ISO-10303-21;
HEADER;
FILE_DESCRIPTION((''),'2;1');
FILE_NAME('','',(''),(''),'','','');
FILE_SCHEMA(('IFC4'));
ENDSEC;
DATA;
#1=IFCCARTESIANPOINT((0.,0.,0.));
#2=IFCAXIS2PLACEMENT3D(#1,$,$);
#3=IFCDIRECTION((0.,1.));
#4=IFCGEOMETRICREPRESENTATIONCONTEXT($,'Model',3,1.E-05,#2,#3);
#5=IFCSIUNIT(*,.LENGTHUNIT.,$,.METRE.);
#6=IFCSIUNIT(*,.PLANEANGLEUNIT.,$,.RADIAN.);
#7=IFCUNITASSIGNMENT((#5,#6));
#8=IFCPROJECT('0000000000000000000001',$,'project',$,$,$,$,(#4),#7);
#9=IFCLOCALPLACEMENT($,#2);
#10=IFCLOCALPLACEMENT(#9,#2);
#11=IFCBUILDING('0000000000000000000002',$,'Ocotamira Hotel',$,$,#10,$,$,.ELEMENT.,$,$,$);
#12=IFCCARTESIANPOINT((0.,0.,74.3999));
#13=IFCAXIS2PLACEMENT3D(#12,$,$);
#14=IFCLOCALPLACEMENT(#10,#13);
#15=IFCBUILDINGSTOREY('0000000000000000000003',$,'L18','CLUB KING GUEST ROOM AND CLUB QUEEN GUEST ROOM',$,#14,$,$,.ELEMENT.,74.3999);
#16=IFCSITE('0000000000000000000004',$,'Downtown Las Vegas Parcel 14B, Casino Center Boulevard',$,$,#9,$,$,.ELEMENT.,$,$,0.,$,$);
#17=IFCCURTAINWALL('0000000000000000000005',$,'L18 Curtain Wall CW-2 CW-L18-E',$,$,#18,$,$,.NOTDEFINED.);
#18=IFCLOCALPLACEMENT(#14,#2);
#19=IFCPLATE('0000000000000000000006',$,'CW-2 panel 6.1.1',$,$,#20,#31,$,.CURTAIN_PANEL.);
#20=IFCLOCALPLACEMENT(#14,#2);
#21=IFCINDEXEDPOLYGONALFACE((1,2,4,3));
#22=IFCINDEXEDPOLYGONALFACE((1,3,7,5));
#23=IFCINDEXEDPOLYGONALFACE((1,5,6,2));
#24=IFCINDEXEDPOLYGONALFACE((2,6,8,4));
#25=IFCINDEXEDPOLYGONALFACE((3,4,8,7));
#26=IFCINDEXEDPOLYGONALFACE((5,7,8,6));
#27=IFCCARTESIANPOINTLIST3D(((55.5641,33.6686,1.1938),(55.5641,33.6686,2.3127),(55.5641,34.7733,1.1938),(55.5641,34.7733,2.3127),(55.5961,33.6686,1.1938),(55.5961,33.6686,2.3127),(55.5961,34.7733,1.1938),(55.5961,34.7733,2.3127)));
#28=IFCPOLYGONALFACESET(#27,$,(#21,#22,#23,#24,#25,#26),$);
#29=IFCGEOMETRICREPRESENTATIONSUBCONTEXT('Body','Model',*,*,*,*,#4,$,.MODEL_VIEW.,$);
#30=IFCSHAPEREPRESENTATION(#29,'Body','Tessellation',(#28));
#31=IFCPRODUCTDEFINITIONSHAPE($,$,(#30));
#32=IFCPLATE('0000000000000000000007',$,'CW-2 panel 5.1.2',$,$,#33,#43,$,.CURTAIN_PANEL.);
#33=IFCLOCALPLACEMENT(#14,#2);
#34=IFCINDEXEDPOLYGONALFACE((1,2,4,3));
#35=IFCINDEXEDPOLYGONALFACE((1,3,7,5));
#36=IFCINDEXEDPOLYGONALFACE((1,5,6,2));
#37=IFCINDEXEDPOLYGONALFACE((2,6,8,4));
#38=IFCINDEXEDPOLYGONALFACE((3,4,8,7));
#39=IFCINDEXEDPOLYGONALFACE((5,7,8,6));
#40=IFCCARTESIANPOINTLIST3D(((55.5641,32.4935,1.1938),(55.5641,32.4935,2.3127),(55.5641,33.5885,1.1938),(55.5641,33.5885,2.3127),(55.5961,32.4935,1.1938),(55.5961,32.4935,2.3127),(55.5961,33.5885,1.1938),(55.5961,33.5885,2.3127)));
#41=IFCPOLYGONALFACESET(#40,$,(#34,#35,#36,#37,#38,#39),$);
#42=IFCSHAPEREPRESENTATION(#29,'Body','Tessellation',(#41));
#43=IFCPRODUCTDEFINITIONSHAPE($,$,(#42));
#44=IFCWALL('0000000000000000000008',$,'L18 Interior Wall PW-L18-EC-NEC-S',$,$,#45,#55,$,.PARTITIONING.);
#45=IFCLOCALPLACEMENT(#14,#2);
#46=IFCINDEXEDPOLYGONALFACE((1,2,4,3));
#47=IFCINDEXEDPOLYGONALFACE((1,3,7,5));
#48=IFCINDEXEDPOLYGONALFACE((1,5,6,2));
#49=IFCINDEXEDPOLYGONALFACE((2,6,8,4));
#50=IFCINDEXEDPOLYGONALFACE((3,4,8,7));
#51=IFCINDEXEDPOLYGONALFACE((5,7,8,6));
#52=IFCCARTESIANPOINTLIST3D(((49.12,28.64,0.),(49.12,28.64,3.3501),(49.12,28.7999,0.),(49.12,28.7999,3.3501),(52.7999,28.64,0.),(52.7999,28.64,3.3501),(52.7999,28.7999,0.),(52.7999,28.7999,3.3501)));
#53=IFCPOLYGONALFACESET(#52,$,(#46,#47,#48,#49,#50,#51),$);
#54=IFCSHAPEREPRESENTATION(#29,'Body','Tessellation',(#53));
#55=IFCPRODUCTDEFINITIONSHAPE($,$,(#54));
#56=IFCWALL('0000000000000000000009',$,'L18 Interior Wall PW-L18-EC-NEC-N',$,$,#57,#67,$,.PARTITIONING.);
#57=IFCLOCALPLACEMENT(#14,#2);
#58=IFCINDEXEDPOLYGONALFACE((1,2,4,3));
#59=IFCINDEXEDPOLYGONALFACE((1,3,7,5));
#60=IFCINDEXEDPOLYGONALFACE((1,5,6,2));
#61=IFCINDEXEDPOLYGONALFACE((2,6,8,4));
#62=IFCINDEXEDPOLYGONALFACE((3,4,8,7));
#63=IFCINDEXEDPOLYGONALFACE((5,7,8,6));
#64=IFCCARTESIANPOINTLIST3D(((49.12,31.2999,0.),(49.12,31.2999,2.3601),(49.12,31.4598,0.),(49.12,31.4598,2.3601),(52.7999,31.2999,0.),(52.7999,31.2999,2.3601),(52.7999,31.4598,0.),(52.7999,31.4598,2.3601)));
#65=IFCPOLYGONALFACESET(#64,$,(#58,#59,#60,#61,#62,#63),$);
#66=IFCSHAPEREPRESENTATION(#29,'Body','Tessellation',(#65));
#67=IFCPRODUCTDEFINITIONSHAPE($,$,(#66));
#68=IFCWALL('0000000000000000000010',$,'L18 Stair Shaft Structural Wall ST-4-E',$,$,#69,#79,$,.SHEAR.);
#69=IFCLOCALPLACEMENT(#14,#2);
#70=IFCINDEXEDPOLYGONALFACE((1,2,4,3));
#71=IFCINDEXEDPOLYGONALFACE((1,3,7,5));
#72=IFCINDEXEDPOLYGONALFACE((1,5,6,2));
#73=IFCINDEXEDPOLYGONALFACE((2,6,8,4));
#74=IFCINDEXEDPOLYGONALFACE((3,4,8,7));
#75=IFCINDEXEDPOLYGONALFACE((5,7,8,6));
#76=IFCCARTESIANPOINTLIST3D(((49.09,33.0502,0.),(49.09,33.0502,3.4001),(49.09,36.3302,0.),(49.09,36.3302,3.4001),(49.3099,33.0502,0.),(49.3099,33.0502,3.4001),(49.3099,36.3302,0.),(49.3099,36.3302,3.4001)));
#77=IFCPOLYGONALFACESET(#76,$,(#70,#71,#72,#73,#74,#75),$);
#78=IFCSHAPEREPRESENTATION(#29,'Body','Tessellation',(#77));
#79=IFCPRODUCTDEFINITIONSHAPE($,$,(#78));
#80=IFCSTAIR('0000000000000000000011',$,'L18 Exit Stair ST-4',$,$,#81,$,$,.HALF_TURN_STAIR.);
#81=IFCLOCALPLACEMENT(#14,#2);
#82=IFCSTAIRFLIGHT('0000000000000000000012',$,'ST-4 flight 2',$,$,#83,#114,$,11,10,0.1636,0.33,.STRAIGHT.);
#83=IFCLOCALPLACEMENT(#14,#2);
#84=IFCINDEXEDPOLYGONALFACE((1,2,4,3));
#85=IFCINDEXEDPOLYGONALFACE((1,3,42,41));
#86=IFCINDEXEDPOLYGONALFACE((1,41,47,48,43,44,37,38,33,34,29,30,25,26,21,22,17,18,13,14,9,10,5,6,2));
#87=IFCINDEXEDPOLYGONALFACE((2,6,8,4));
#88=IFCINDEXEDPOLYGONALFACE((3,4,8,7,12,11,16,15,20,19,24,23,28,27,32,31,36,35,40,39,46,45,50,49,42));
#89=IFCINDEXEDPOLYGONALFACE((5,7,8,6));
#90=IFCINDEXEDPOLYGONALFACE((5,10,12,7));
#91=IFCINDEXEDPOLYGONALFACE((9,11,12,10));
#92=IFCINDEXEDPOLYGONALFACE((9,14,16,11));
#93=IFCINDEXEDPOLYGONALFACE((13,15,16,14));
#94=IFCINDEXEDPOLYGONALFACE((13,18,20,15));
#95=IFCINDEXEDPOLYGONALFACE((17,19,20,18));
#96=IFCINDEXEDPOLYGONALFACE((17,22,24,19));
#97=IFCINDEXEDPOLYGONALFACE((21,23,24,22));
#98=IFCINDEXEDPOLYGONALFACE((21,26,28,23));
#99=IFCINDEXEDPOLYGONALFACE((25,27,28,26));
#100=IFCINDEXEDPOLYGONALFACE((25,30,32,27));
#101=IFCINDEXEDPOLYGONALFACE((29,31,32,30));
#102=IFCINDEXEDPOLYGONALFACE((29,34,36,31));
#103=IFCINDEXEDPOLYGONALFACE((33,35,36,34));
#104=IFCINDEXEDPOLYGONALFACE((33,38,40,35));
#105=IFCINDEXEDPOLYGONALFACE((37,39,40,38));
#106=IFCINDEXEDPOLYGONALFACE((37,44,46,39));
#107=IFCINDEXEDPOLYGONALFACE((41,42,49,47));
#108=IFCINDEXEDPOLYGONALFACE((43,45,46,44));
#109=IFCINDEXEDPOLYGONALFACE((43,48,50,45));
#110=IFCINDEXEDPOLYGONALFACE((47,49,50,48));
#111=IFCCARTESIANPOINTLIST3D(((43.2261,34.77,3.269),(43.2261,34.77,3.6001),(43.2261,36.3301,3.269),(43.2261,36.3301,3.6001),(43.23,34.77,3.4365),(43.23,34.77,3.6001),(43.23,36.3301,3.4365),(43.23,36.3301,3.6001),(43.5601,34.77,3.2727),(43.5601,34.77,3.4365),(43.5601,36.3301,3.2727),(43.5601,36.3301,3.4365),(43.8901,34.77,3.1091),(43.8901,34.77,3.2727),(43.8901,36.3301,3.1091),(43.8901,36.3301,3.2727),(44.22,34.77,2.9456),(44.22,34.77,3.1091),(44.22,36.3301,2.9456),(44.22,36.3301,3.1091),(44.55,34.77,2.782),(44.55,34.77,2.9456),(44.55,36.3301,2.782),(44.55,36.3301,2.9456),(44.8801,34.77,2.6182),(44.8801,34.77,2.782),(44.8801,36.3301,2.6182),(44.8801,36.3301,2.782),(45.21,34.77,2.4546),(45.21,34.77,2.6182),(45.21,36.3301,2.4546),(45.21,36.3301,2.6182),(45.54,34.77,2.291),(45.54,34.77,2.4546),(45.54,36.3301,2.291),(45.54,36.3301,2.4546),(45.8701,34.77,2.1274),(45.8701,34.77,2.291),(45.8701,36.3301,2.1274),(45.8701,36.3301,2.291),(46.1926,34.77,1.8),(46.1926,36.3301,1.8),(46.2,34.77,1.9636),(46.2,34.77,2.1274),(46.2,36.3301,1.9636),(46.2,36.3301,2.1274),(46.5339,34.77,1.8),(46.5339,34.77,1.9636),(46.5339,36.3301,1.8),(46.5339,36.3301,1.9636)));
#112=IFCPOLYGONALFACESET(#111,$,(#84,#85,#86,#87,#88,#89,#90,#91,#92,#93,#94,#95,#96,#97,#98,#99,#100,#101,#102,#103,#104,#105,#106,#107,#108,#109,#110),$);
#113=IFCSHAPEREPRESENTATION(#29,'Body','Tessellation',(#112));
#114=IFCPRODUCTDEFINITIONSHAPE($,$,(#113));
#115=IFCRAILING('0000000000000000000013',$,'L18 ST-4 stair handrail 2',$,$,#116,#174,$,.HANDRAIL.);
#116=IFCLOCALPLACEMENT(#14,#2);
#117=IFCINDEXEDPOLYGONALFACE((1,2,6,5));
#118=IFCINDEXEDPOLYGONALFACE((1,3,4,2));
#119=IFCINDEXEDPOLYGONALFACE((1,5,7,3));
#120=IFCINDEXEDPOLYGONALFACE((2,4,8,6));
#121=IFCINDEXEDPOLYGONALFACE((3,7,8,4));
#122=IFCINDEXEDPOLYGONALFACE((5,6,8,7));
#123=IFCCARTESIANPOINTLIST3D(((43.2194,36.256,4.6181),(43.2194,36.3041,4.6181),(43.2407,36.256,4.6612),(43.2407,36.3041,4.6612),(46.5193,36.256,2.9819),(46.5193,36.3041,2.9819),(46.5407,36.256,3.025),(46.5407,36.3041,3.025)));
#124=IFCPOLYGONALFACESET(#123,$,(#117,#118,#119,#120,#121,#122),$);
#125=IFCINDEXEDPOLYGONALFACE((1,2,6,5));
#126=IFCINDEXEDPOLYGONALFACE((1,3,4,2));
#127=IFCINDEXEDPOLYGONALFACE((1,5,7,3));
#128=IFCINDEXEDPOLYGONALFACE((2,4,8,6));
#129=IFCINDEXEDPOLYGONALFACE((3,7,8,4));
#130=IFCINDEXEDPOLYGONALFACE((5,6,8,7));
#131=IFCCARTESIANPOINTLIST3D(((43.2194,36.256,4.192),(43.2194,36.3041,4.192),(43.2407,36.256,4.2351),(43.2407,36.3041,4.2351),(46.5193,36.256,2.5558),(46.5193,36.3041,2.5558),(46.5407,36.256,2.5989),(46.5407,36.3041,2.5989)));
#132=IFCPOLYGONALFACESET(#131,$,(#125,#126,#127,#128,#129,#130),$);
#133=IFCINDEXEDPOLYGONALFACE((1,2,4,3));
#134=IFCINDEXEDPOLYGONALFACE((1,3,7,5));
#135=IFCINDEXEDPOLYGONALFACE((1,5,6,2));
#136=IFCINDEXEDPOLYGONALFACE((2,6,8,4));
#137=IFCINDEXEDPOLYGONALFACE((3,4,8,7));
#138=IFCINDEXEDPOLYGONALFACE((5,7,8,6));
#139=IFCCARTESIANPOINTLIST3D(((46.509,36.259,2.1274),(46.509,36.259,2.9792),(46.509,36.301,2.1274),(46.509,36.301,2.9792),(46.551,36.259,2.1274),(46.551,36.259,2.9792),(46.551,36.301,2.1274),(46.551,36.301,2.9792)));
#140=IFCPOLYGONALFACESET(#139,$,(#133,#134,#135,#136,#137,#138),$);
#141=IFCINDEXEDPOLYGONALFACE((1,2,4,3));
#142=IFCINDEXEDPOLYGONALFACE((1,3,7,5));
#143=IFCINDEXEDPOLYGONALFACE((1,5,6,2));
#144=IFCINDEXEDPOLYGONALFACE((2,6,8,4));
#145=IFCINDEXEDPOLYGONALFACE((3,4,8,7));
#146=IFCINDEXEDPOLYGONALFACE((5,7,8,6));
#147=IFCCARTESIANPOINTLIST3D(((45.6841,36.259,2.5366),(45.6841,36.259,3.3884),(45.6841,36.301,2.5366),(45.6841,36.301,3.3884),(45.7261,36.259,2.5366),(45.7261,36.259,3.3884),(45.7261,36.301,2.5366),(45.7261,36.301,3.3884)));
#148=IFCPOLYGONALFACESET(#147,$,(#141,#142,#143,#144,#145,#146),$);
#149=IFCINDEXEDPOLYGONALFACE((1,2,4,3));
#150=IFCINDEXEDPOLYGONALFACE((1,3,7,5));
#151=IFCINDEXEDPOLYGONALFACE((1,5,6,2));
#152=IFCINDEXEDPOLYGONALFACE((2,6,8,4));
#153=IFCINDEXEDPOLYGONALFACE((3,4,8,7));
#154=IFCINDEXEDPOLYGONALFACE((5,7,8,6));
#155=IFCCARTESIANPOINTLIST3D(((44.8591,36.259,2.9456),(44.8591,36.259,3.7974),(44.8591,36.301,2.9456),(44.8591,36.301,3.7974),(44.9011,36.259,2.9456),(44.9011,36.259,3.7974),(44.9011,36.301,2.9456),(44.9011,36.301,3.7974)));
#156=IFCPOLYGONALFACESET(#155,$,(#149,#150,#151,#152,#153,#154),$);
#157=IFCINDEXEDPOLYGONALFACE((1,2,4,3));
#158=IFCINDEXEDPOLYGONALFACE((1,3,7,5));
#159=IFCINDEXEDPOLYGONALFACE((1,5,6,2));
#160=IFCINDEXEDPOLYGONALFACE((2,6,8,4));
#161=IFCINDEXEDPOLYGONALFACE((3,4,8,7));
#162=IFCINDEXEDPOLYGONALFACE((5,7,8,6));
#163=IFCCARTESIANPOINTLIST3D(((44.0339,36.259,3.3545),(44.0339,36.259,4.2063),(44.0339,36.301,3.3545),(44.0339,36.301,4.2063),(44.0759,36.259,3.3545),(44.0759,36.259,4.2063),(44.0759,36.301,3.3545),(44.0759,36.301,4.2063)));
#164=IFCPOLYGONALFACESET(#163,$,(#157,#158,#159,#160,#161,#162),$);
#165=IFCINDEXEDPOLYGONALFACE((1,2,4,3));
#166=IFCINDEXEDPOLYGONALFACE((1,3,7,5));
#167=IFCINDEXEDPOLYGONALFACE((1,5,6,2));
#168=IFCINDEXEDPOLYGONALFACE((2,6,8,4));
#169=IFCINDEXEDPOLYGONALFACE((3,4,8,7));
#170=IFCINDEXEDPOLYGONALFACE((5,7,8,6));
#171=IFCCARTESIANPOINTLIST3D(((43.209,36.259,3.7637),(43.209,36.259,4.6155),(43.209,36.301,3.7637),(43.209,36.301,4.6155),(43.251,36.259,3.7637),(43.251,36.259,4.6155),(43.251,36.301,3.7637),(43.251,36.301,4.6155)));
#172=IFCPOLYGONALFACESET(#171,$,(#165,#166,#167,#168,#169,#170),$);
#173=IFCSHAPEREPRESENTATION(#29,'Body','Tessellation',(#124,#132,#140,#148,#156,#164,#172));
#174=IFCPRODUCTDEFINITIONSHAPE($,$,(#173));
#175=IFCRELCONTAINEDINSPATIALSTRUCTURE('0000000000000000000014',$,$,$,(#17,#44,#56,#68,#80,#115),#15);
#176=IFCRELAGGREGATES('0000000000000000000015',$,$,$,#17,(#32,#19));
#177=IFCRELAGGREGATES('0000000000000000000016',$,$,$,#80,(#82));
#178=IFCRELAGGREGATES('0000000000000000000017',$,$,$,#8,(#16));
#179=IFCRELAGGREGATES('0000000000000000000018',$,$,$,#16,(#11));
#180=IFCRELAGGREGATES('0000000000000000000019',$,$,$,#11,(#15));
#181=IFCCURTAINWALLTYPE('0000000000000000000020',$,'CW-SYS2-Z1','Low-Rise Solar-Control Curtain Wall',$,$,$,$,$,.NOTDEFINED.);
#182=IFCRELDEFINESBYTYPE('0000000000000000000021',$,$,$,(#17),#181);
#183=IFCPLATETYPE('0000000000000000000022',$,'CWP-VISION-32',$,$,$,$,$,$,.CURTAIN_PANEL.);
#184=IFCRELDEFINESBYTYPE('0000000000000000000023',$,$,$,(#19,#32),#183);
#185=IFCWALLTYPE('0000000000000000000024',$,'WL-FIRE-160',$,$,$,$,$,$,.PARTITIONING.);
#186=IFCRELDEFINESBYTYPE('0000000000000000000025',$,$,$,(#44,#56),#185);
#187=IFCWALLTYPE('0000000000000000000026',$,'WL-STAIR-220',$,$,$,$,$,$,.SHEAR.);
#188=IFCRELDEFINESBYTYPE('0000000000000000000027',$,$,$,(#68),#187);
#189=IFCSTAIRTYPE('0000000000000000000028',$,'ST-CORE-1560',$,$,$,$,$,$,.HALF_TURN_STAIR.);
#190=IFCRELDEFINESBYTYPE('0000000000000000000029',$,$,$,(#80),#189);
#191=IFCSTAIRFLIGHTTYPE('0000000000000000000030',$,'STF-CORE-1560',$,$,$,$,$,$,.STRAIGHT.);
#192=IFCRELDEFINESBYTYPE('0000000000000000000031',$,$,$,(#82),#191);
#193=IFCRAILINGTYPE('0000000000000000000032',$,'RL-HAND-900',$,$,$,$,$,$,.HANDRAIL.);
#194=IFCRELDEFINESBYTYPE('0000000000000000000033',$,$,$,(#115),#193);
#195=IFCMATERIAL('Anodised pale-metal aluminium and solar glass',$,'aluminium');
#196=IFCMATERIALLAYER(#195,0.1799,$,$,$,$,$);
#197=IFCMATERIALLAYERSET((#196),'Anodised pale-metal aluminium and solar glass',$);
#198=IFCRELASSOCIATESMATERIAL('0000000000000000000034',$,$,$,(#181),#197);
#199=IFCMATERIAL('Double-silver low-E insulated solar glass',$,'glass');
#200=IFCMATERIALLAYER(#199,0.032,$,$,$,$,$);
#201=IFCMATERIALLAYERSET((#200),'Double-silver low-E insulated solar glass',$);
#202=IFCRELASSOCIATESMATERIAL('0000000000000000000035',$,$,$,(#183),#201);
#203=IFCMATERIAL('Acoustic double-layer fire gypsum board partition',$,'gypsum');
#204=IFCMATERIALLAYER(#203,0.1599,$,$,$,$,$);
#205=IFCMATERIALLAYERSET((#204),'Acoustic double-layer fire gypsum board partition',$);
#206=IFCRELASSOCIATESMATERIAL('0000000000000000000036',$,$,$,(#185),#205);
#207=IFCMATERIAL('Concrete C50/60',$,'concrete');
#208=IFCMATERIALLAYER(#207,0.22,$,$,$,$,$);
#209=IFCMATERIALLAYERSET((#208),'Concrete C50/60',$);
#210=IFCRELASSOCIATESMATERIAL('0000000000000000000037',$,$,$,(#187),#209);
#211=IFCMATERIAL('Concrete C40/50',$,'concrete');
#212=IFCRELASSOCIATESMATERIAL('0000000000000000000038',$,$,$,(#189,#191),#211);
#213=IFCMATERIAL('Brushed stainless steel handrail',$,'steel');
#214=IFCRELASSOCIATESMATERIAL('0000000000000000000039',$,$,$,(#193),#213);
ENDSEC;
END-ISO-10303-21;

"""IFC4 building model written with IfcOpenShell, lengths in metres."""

from ifc_helpers import new_model, si_unit, direction, frame, frame_2d, origin, origin_2d, place, context, subcontext, project, spatial, polyline, rectangle, outline, extrude, source, transform, mapped, material, layer, layer_set, type_object, element, aggregate, save


model = new_model("IFC4")

# Units and contexts
model_context = context("Model", 3, precision=1e-05, world=origin(), true_north=direction((0.0, 1.0)))
body_context = subcontext(model_context, "Body", "Model", "MODEL_VIEW")
ifc_project = project(units=[si_unit("LENGTHUNIT", "METRE"), si_unit("PLANEANGLEUNIT", "RADIAN")], contexts=[model_context])

# Site, building, storey
site_placement = place(None, origin())
site = spatial("IfcSite", under=ifc_project, at=site_placement, Name="Downtown Las Vegas Parcel 14B, Casino Center Boulevard", CompositionType="ELEMENT", RefElevation=0.0)
building_placement = place(site_placement, origin())
building = spatial("IfcBuilding", under=site, at=building_placement, Name="Ocotamira Hotel", CompositionType="ELEMENT")
storey_placement = place(building_placement, frame((0.0, 0.0, 74.3999)))
storey = spatial("IfcBuildingStorey", under=building, at=storey_placement, Name="L18", Description="CLUB KING GUEST ROOM AND CLUB QUEEN GUEST ROOM", CompositionType="ELEMENT", Elevation=74.3999)

# Curtain wall
ifc_material_1 = material(Name="Anodised pale-metal aluminium and solar glass", Category="aluminium")
ifc_layer_1 = layer(ifc_material_1, 0.1799)
ifc_layer_set_1 = layer_set([ifc_layer_1], Name="Anodised pale-metal aluminium and solar glass")
curtain_wall_type = type_object("IfcCurtainWallType", Name="CW-SYS2-Z1", Description="Low-Rise Solar-Control Curtain Wall", PredefinedType="NOTDEFINED", material=ifc_layer_set_1)
curtain_wall_placement = place(storey_placement, origin())
curtain_wall = element("IfcCurtainWall", 1, at=curtain_wall_placement, inside=storey, type_object=curtain_wall_type, Name="L18 Curtain Wall CW-2 CW-L18-E", PredefinedType="NOTDEFINED")

# Plates
ifc_material_2 = material(Name="Double-silver low-E insulated solar glass", Category="glass")
ifc_layer_2 = layer(ifc_material_2, 0.032)
ifc_layer_set_2 = layer_set([ifc_layer_2], Name="Double-silver low-E insulated solar glass")
plate_type_1 = type_object("IfcPlateType", Name="CWP-VISION-32", PredefinedType="CURTAIN_PANEL", material=ifc_layer_set_2)
shared_shape_1 = source(origin(), body_context, "Body", "SweptSolid", [
    extrude(rectangle(XDim=1.1047, YDim=0.032, at=origin_2d()), origin(), (0.0, 0.0, 1.0), 1.1189),
])
plate_1_placement = place(storey_placement, frame((55.5801, 34.2209, 1.1938), z_axis=(0.0, 0.0, 1.0), x_axis=(0.0, 1.0, 0.0)))
plate_1 = element("IfcPlate", 2, at=plate_1_placement, type_object=plate_type_1, Name="CW-2 panel 6.1.1", PredefinedType="CURTAIN_PANEL", context=body_context, shape_type="MappedRepresentation", body=[
    mapped(shared_shape_1, transform((0.0, 0.0, 0.0), scale=1.0)),
])
shared_shape_2 = source(origin(), body_context, "Body", "SweptSolid", [
    extrude(rectangle(XDim=1.095, YDim=0.032, at=origin_2d()), origin(), (0.0, 0.0, 1.0), 1.1189),
])
plate_2_placement = place(storey_placement, frame((55.5801, 33.041, 1.1938), z_axis=(0.0, 0.0, 1.0), x_axis=(0.0, 1.0, 0.0)))
plate_2 = element("IfcPlate", 3, at=plate_2_placement, type_object=plate_type_1, Name="CW-2 panel 5.1.2", PredefinedType="CURTAIN_PANEL", context=body_context, shape_type="MappedRepresentation", body=[
    mapped(shared_shape_2, transform((0.0, 0.0, 0.0), scale=1.0)),
])
aggregate(curtain_wall, [plate_2, plate_1])

# Walls
ifc_material_3 = material(Name="Acoustic double-layer fire gypsum board partition", Category="gypsum")
ifc_layer_3 = layer(ifc_material_3, 0.1599)
ifc_layer_set_3 = layer_set([ifc_layer_3], Name="Acoustic double-layer fire gypsum board partition")
wall_type_1 = type_object("IfcWallType", Name="WL-FIRE-160", PredefinedType="PARTITIONING", material=ifc_layer_set_3)
wall_1_placement = place(storey_placement, frame((49.1201, 28.72, 0.0), z_axis=(0.0, 0.0, 1.0), x_axis=(1.0, 0.0, 0.0)))
element("IfcWall", 4, at=wall_1_placement, inside=storey, type_object=wall_type_1, Name="L18 Interior Wall PW-L18-EC-NEC-S", PredefinedType="PARTITIONING", context=body_context, shape_type="SweptSolid", body=[
    extrude(rectangle(XDim=3.6799, YDim=0.1599, at=frame_2d((1.8398, 0.0))), origin(), (0.0, 0.0, 1.0), 3.3501),
])
wall_2_placement = place(storey_placement, frame((49.1201, 31.3799, 0.0), z_axis=(0.0, 0.0, 1.0), x_axis=(1.0, 0.0, 0.0)))
element("IfcWall", 5, at=wall_2_placement, inside=storey, type_object=wall_type_1, Name="L18 Interior Wall PW-L18-EC-NEC-N", PredefinedType="PARTITIONING", context=body_context, shape_type="SweptSolid", body=[
    extrude(rectangle(XDim=3.6799, YDim=0.1599, at=frame_2d((1.8398, 0.0))), origin(), (0.0, 0.0, 1.0), 2.3601),
])

# Wall
ifc_material_4 = material(Name="Concrete C50/60", Category="concrete")
ifc_layer_4 = layer(ifc_material_4, 0.22)
ifc_layer_set_4 = layer_set([ifc_layer_4], Name="Concrete C50/60")
wall_type_2 = type_object("IfcWallType", Name="WL-STAIR-220", PredefinedType="SHEAR", material=ifc_layer_set_4)
wall_3_placement = place(storey_placement, frame((49.2, 33.05, 0.0), z_axis=(0.0, 0.0, 1.0), x_axis=(0.0, 1.0, 0.0)))
element("IfcWall", 6, at=wall_3_placement, inside=storey, type_object=wall_type_2, Name="L18 Stair Shaft Structural Wall ST-4-E", PredefinedType="SHEAR", context=body_context, shape_type="SweptSolid", body=[
    extrude(rectangle(XDim=3.28, YDim=0.22, at=frame_2d((1.6401, 0.0))), origin(), (0.0, 0.0, 1.0), 3.4001),
])

# Stair, stair flight
ifc_material_5 = material(Name="Concrete C40/50", Category="concrete")
stair_type = type_object("IfcStairType", Name="ST-CORE-1560", PredefinedType="HALF_TURN_STAIR", material=ifc_material_5)
stair_placement = place(storey_placement, origin())
stair = element("IfcStair", 7, at=stair_placement, inside=storey, type_object=stair_type, Name="L18 Exit Stair ST-4", PredefinedType="HALF_TURN_STAIR")
stair_flight_type = type_object("IfcStairFlightType", Name="STF-CORE-1560", PredefinedType="STRAIGHT", material=ifc_material_5)
shared_shape_3 = source(origin(), body_context, "Body", "SweptSolid", [
    extrude(outline(polyline([(-0.0039, 0.0), (-0.0039, 0.1636), (0.3301, 0.1636), (0.3301, 0.3274), (0.6599, 0.3274), (0.6599, 0.491), (0.99, 0.491), (0.99, 0.6545), (1.3201, 0.6545), (1.3201, 0.8181), (1.6499, 0.8181), (1.6499, 0.9819), (1.98, 0.9819), (1.98, 1.1455), (2.3101, 1.1455), (2.3101, 1.3091), (2.6399, 1.3091), (2.6399, 1.4727), (2.97, 1.4727), (2.97, 1.6365), (3.3, 1.6365), (3.3, 1.8), (3.304, 1.8), (3.304, 1.469), (0.3374, 0.0), (-0.0039, 0.0)])), frame((0.0, 0.78, 0.0), z_axis=(0.0, -1.0, 0.0), x_axis=(1.0, 0.0, 0.0)), (0.0, 0.0, 1.0), 1.5601),
])
stair_flight_placement = place(storey_placement, frame((46.53, 35.55, 1.8), z_axis=(0.0, 0.0, 1.0), x_axis=(-1.0, 0.0, 0.0)))
stair_flight = element("IfcStairFlight", 8, at=stair_flight_placement, type_object=stair_flight_type, Name="ST-4 flight 2", NumberOfRisers=11, NumberOfTreads=10, PredefinedType="STRAIGHT", RiserHeight=0.1636, TreadLength=0.33, context=body_context, shape_type="MappedRepresentation", body=[
    mapped(shared_shape_3, transform((0.0, 0.0, 0.0), scale=1.0)),
])
aggregate(stair, [stair_flight])

# Railing
ifc_material_6 = material(Name="Brushed stainless steel handrail", Category="steel")
railing_type_1 = type_object("IfcRailingType", Name="RL-HAND-900", PredefinedType="HANDRAIL", material=ifc_material_6)
railing_1_placement = place(storey_placement, frame((46.53, 36.28, 2.1274)))
element("IfcRailing", 9, at=railing_1_placement, inside=storey, type_object=railing_type_1, Name="L18 ST-4 stair handrail 2", PredefinedType="HANDRAIL", context=body_context, shape_type="SweptSolid", body=[
    extrude(rectangle(XDim=0.0481, YDim=0.0481, at=origin_2d()), frame((0.0, 0.0, 0.876), z_axis=(-0.89592, 0.0, 0.444215), x_axis=(0.0, -1.0, 0.0)), (0.0, 0.0, 1.0), 3.6833),
    extrude(rectangle(XDim=0.0481, YDim=0.0481, at=origin_2d()), frame((0.0, 0.0, 0.45), z_axis=(-0.89592, 0.0, 0.444215), x_axis=(0.0, -1.0, 0.0)), (0.0, 0.0, 1.0), 3.6833),
    extrude(rectangle(XDim=0.042, YDim=0.042, at=origin_2d()), origin(), (0.0, 0.0, 1.0), 0.8518),
    extrude(rectangle(XDim=0.042, YDim=0.042, at=origin_2d()), frame((-0.825, 0.0, 0.4092)), (0.0, 0.0, 1.0), 0.8518),
    extrude(rectangle(XDim=0.042, YDim=0.042, at=origin_2d()), frame((-1.6499, 0.0, 0.8181)), (0.0, 0.0, 1.0), 0.8518),
    extrude(rectangle(XDim=0.042, YDim=0.042, at=origin_2d()), frame((-2.4751, 0.0, 1.2271)), (0.0, 0.0, 1.0), 0.8518),
    extrude(rectangle(XDim=0.042, YDim=0.042, at=origin_2d()), frame((-3.3, 0.0, 1.6362)), (0.0, 0.0, 1.0), 0.8518),
])

save(model, "model.ifc")
